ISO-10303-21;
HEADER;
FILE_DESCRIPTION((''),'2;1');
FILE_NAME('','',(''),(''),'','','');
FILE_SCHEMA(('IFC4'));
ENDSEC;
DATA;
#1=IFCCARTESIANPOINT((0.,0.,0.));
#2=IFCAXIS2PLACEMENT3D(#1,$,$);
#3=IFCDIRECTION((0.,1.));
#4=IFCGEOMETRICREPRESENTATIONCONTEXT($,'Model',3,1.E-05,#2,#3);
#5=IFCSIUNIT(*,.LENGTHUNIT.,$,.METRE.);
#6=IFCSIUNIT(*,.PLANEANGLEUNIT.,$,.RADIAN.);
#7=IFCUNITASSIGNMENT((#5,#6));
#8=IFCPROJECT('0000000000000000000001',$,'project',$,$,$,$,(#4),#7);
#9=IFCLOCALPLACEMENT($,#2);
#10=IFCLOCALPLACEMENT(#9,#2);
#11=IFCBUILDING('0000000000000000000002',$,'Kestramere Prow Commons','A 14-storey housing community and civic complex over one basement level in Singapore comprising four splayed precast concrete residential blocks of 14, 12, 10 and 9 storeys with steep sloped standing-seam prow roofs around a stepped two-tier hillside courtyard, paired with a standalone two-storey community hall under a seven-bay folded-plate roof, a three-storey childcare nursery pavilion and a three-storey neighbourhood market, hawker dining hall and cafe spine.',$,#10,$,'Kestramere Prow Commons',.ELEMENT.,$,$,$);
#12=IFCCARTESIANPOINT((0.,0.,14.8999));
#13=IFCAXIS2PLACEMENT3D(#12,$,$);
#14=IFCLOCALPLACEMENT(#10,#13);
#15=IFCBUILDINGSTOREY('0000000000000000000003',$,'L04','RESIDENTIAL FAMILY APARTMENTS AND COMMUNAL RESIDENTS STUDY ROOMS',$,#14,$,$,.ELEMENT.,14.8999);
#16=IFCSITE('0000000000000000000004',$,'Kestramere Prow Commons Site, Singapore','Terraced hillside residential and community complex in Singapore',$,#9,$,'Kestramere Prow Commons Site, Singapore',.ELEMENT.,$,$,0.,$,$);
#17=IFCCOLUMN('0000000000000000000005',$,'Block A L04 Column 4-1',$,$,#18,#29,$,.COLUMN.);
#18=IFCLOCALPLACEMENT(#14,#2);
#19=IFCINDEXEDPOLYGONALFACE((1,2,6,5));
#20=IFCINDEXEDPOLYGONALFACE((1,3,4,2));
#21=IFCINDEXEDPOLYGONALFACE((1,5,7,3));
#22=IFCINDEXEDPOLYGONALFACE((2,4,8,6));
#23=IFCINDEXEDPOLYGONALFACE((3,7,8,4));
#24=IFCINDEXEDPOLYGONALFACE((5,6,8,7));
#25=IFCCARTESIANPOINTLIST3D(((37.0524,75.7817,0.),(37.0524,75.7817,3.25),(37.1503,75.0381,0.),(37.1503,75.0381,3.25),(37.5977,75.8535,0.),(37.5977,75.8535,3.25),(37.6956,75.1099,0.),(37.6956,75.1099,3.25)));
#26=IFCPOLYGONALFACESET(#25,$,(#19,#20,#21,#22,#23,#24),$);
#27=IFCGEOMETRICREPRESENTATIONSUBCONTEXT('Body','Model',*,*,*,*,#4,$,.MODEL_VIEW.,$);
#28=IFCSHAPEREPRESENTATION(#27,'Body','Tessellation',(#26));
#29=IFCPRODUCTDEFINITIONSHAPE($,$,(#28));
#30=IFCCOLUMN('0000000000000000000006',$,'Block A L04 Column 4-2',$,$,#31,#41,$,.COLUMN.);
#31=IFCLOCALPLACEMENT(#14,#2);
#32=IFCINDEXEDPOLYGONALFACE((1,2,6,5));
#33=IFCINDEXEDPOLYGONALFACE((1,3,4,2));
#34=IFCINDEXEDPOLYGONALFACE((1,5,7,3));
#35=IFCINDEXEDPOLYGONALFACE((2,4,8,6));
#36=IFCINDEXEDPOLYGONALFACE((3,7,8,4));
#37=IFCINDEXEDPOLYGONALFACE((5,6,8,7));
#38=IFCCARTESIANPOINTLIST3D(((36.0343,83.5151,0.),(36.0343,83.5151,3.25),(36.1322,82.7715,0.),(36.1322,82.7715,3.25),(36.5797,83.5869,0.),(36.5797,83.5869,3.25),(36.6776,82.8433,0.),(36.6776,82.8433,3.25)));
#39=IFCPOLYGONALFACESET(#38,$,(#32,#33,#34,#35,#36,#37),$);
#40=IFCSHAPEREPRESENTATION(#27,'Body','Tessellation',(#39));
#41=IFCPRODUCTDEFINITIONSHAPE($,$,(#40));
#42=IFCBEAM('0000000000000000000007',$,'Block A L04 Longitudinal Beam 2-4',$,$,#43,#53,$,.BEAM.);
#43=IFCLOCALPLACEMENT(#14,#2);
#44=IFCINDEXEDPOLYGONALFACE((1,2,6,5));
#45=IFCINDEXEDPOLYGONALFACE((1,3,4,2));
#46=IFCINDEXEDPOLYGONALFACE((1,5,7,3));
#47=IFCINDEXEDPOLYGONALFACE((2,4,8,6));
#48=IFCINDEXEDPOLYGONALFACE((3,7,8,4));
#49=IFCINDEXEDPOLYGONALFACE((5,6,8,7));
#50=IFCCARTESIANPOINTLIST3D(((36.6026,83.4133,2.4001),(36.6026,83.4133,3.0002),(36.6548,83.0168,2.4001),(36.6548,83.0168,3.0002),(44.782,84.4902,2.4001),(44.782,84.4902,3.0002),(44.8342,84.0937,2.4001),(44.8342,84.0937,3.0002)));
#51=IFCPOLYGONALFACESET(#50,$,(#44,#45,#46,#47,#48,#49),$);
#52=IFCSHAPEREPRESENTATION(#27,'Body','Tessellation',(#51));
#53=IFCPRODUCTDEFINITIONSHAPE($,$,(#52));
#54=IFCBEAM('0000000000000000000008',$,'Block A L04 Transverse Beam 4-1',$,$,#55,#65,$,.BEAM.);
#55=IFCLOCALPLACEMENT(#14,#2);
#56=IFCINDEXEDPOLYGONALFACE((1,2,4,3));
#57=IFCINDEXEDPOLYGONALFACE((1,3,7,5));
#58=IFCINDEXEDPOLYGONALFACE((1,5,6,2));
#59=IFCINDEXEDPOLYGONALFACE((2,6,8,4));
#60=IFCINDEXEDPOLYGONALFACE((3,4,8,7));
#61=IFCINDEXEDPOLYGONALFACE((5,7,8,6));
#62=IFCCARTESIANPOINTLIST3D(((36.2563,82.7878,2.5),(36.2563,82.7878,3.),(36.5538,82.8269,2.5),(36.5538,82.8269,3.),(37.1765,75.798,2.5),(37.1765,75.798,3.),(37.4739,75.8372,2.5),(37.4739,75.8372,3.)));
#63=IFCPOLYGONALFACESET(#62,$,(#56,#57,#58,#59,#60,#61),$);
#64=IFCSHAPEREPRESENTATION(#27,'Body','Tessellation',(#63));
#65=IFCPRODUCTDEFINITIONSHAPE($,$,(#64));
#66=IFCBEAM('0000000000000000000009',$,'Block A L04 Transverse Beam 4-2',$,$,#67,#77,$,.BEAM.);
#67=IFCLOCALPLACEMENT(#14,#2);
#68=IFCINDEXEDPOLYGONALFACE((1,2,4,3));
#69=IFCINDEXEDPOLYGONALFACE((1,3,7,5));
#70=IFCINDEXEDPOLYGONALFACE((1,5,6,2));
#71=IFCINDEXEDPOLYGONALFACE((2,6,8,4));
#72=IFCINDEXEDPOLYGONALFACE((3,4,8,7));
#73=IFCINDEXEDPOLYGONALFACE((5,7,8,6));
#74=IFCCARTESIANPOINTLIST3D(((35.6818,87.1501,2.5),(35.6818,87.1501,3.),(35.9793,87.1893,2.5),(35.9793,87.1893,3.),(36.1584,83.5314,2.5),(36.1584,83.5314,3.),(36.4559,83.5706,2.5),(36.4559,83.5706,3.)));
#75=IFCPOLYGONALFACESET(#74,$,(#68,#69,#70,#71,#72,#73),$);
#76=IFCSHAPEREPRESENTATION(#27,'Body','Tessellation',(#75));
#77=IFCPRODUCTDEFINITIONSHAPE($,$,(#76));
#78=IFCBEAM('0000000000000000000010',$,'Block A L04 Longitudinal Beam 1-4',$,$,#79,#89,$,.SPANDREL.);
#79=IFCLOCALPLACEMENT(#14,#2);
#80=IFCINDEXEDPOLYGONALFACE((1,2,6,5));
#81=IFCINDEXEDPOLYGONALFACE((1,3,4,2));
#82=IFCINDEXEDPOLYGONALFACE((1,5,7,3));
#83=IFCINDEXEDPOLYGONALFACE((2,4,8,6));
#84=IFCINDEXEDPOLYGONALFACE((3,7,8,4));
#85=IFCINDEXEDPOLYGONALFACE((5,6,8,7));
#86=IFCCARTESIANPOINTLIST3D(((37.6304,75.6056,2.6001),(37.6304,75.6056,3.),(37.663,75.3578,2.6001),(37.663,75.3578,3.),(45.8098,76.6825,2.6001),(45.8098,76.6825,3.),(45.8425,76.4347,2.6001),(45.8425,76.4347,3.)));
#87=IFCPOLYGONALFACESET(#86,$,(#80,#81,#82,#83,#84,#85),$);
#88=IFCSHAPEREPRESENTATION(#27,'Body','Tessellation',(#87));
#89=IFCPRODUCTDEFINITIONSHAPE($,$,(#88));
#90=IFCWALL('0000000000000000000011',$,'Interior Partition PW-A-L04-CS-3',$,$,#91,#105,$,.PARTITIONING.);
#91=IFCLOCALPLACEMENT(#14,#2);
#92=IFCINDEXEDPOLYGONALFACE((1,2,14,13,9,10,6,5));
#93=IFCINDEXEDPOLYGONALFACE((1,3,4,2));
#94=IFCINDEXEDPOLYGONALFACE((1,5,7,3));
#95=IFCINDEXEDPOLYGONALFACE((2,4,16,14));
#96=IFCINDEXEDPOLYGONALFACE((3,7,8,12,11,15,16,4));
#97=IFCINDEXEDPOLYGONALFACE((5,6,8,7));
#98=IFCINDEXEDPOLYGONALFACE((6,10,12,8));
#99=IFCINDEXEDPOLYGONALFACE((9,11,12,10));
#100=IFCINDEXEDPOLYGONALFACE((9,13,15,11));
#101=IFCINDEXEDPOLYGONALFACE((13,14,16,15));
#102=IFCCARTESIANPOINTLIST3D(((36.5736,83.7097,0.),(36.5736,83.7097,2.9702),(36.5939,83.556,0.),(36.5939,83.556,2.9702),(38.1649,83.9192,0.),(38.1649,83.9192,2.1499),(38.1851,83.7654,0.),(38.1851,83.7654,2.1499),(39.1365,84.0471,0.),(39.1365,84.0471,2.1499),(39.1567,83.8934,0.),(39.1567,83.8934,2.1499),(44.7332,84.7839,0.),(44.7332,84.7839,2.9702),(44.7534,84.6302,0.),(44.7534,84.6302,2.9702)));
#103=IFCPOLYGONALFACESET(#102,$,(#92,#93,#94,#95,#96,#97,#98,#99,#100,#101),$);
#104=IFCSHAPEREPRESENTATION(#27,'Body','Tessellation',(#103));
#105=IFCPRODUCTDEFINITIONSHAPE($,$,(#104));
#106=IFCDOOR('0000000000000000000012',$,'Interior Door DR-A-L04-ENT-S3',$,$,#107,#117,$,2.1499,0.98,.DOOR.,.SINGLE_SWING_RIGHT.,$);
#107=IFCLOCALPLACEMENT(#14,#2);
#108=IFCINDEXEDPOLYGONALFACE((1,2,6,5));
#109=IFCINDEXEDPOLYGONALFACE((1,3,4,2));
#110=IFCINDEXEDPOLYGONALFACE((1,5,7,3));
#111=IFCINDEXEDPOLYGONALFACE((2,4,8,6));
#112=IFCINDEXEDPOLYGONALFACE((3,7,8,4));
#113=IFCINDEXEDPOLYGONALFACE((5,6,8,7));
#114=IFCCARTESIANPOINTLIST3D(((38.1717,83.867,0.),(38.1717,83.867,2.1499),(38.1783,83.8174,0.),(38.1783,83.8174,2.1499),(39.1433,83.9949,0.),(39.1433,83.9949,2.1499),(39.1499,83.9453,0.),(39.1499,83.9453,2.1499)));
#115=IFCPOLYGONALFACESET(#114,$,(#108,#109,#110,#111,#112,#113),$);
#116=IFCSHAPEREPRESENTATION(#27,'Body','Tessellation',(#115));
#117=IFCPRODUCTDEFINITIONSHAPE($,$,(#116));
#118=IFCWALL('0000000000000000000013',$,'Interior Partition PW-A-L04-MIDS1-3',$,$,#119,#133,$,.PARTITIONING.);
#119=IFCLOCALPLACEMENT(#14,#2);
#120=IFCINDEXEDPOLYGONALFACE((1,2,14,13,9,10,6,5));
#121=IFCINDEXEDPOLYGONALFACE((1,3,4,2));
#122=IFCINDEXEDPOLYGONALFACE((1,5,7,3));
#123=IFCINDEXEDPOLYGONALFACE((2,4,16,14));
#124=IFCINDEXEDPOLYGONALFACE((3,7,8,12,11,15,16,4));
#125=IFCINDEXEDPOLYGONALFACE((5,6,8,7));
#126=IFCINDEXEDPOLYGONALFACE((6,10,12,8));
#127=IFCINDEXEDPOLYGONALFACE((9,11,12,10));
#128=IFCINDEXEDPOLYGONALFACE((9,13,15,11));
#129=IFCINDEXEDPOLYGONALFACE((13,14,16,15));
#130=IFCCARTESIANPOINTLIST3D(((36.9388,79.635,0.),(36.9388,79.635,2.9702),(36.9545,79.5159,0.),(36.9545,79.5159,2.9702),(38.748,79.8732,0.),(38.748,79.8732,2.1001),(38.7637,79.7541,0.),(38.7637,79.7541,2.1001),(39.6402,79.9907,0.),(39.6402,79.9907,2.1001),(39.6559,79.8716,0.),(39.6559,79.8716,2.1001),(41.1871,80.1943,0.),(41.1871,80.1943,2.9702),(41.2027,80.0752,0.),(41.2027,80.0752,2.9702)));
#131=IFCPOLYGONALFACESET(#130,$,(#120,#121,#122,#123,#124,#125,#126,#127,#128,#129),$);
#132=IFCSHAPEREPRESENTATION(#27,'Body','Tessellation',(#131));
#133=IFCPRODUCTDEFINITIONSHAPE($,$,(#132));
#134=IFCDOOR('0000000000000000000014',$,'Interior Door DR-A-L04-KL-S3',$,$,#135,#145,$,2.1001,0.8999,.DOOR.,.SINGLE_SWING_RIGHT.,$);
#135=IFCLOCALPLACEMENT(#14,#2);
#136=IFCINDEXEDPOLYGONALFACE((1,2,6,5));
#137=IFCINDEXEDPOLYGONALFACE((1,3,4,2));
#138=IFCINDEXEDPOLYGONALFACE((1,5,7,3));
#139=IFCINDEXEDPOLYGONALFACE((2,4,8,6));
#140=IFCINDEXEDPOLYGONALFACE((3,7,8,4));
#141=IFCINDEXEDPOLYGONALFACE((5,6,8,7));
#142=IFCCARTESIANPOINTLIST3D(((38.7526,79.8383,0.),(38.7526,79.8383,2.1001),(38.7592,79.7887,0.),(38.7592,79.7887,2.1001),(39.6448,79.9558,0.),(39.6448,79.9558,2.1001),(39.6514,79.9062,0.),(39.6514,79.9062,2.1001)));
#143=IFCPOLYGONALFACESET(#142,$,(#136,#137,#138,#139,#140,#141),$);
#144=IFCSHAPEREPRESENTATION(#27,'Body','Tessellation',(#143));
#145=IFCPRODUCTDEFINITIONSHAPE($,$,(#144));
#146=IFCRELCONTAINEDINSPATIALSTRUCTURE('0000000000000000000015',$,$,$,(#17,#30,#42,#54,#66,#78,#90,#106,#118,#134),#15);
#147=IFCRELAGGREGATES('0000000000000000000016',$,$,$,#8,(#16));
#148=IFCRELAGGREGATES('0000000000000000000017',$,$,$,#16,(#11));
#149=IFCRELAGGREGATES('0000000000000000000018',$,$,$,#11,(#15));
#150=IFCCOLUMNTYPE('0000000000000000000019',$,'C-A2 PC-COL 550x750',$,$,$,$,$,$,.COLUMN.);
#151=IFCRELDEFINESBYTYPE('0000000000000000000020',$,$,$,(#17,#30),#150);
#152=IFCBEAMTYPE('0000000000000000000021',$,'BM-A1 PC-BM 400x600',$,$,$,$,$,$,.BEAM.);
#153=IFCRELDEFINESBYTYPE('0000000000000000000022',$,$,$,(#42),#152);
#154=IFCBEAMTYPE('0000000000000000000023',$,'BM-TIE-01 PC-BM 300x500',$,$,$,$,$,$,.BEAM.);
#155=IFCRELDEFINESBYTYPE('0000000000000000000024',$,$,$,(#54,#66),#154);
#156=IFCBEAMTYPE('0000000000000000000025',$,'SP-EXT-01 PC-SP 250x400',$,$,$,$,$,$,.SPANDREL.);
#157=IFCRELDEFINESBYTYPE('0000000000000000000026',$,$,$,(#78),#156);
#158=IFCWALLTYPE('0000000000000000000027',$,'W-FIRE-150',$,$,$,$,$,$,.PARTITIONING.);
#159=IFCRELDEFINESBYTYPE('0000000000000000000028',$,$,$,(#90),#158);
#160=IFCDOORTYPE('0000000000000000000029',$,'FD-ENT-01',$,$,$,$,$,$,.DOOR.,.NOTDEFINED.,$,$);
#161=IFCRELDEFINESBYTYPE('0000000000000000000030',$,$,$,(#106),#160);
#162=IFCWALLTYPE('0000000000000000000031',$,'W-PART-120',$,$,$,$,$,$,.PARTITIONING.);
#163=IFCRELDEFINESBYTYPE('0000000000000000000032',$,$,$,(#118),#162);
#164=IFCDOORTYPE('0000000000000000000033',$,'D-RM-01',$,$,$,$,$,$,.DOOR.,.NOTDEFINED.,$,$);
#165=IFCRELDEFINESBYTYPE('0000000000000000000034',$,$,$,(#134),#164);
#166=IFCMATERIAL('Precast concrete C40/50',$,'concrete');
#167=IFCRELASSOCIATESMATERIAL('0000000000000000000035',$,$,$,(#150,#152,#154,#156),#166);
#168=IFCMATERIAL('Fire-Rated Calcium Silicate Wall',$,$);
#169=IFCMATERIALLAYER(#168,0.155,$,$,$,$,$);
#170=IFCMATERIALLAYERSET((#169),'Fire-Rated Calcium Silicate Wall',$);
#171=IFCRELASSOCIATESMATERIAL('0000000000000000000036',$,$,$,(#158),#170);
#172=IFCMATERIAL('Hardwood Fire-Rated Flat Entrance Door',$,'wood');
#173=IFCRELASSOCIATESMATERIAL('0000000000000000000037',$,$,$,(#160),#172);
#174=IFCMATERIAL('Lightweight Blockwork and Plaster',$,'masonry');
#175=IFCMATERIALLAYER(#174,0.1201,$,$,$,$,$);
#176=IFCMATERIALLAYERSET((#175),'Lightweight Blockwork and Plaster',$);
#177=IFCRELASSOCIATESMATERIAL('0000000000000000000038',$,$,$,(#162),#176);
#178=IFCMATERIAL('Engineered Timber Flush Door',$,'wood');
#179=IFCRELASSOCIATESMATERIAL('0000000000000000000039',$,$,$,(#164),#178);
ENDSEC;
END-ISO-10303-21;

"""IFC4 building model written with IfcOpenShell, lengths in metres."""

from ifc_helpers import new_model, si_unit, direction, frame, frame_2d, origin, origin_2d, place, context, subcontext, project, spatial, rectangle, extrude, material, layer, layer_set, material_profile, profile_set, type_object, element, fill, save


model = new_model("IFC4")

# Units and contexts
model_context = context("Model", 3, precision=1e-05, world=origin(), true_north=direction((0.0, 1.0)))
body_context = subcontext(model_context, "Body", "Model", "MODEL_VIEW")
ifc_project = project(units=[si_unit("LENGTHUNIT", "METRE"), si_unit("PLANEANGLEUNIT", "RADIAN")], contexts=[model_context])

# Site, building, storey
site_placement = place(None, origin())
site = spatial("IfcSite", under=ifc_project, at=site_placement, Name="Kestramere Prow Commons Site, Singapore", Description="Terraced hillside residential and community complex in Singapore", LongName="Kestramere Prow Commons Site, Singapore", CompositionType="ELEMENT", RefElevation=0.0)
building_placement = place(site_placement, origin())
building = spatial("IfcBuilding", under=site, at=building_placement, Name="Kestramere Prow Commons", Description="A 14-storey housing community and civic complex over one basement level in Singapore comprising four splayed precast concrete residential blocks of 14, 12, 10 and 9 storeys with steep sloped standing-seam prow roofs around a stepped two-tier hillside courtyard, paired with a standalone two-storey community hall under a seven-bay folded-plate roof, a three-storey childcare nursery pavilion and a three-storey neighbourhood market, hawker dining hall and cafe spine.", LongName="Kestramere Prow Commons", CompositionType="ELEMENT")
storey_placement = place(building_placement, frame((0.0, 0.0, 14.8999)))
storey = spatial("IfcBuildingStorey", under=building, at=storey_placement, Name="L04", Description="RESIDENTIAL FAMILY APARTMENTS AND COMMUNAL RESIDENTS STUDY ROOMS", CompositionType="ELEMENT", Elevation=14.8999)

# Columns
ifc_material_1 = material(Name="Precast concrete C40/50", Category="concrete")
ifc_material_profile_1 = material_profile(ifc_material_1, rectangle(XDim=0.55, YDim=0.75, at=origin_2d()), Name="PC-COL 550x750")
ifc_profile_set_1 = profile_set([ifc_material_profile_1], Name="Precast concrete C40/50")
column_type = type_object("IfcColumnType", Name="C-A2 PC-COL 550x750", PredefinedType="COLUMN", material=ifc_profile_set_1)
for number, where, z_axis, x_axis, name in (
    (1, (37.374, 75.4458, 0.0), (0.0, 0.0, 1.0), (0.991445, 0.130526, 0.0), "Block A L04 Column 4-1"),
    (2, (36.356, 83.1792, 0.0), (0.0, 0.0, 1.0), (0.991445, 0.130526, 0.0), "Block A L04 Column 4-2"),
):
    element("IfcColumn", number, at=place(storey_placement, frame(where, z_axis=z_axis, x_axis=x_axis)), inside=storey, type_object=column_type, Name=name, PredefinedType="COLUMN", context=body_context, shape_type="SweptSolid", body=[
        extrude(rectangle(XDim=0.55, YDim=0.75, at=origin_2d()), origin(), (0.0, 0.0, 1.0), 3.25),
    ])

# Beams
ifc_material_profile_2 = material_profile(ifc_material_1, rectangle(XDim=0.3999, YDim=0.6001, at=origin_2d()), Name="PC-BM 400x600")
ifc_profile_set_2 = profile_set([ifc_material_profile_2], Name="Precast concrete C40/50")
beam_type_1 = type_object("IfcBeamType", Name="BM-A1 PC-BM 400x600", PredefinedType="BEAM", material=ifc_profile_set_2)
beam_1_placement = place(storey_placement, frame((36.6287, 83.2151, 2.7002), z_axis=(0.991444, 0.130533, 0.0), x_axis=(-0.130533, 0.991444, 0.0)))
element("IfcBeam", 3, at=beam_1_placement, inside=storey, type_object=beam_type_1, Name="Block A L04 Longitudinal Beam 2-4", PredefinedType="BEAM", context=body_context, shape_type="SweptSolid", body=[
    extrude(rectangle(XDim=0.3999, YDim=0.6001, at=origin_2d()), origin(), (0.0, 0.0, 1.0), 8.25),
])
ifc_material_profile_3 = material_profile(ifc_material_1, rectangle(XDim=0.3, YDim=0.5, at=origin_2d()), Name="PC-BM 300x500")
ifc_profile_set_3 = profile_set([ifc_material_profile_3], Name="Precast concrete C40/50")
beam_type_2 = type_object("IfcBeamType", Name="BM-TIE-01 PC-BM 300x500", PredefinedType="BEAM", material=ifc_profile_set_3)
beam_2_placement = place(storey_placement, frame((37.3252, 75.8176, 2.75), z_axis=(-0.130519, 0.991446, 0.0), x_axis=(-0.991446, -0.130519, 0.0)))
element("IfcBeam", 4, at=beam_2_placement, inside=storey, type_object=beam_type_2, Name="Block A L04 Transverse Beam 4-1", PredefinedType="BEAM", context=body_context, shape_type="SweptSolid", body=[
    extrude(rectangle(XDim=0.3, YDim=0.5, at=origin_2d()), origin(), (0.0, 0.0, 1.0), 7.05),
])
beam_3_placement = place(storey_placement, frame((36.3071, 83.551, 2.75), z_axis=(-0.130569, 0.991439, 0.0), x_axis=(-0.991439, -0.130569, 0.0)))
element("IfcBeam", 5, at=beam_3_placement, inside=storey, type_object=beam_type_2, Name="Block A L04 Transverse Beam 4-2", PredefinedType="BEAM", context=body_context, shape_type="SweptSolid", body=[
    extrude(rectangle(XDim=0.3, YDim=0.5, at=origin_2d()), origin(), (0.0, 0.0, 1.0), 3.6499),
])
ifc_material_profile_4 = material_profile(ifc_material_1, rectangle(XDim=0.25, YDim=0.3999, at=origin_2d()), Name="PC-SP 250x400")
ifc_profile_set_4 = profile_set([ifc_material_profile_4], Name="Precast concrete C40/50")
beam_type_3 = type_object("IfcBeamType", Name="SP-EXT-01 PC-SP 250x400", PredefinedType="SPANDREL", material=ifc_profile_set_4)
beam_4_placement = place(storey_placement, frame((37.6467, 75.4817, 2.8), z_axis=(0.991444, 0.130533, 0.0), x_axis=(-0.130533, 0.991444, 0.0)))
element("IfcBeam", 6, at=beam_4_placement, inside=storey, type_object=beam_type_3, Name="Block A L04 Longitudinal Beam 1-4", PredefinedType="SPANDREL", context=body_context, shape_type="SweptSolid", body=[
    extrude(rectangle(XDim=0.25, YDim=0.3999, at=origin_2d()), origin(), (0.0, 0.0, 1.0), 8.25),
])

# Walls, openings, doors
ifc_material_2 = material(Name="Fire-Rated Calcium Silicate Wall")
ifc_layer_1 = layer(ifc_material_2, 0.155)
ifc_layer_set_1 = layer_set([ifc_layer_1], Name="Fire-Rated Calcium Silicate Wall")
wall_type_1 = type_object("IfcWallType", Name="W-FIRE-150", PredefinedType="PARTITIONING", material=ifc_layer_set_1)
wall_1_placement = place(storey_placement, frame((36.5837, 83.6328, 0.0), z_axis=(0.0, 0.0, 1.0), x_axis=(0.991445, 0.130524, 0.0)))
wall_1 = element("IfcWall", 7, at=wall_1_placement, inside=storey, type_object=wall_type_1, Name="Interior Partition PW-A-L04-CS-3", PredefinedType="PARTITIONING", context=body_context, shape_type="SweptSolid", body=[
    extrude(rectangle(XDim=8.23, YDim=0.155, at=frame_2d((4.115, 0.0))), origin(), (0.0, 0.0, 1.0), 2.9702),
])
opening_1_placement = place(wall_1_placement, frame((1.605, 0.0, 0.0)))
opening_1 = element("IfcOpeningElement", 8, at=opening_1_placement, cuts=wall_1, PredefinedType="OPENING", context=body_context, shape_type="SweptSolid", body=[
    extrude(rectangle(XDim=0.98, YDim=2.1499, at=frame_2d((0.49, 1.075))), frame((0.0, 0.0925, 0.0), z_axis=(0.0, -1.0, 0.0), x_axis=(1.0, 0.0, 0.0)), (0.0, 0.0, 1.0), 0.1851),
])
ifc_material_3 = material(Name="Hardwood Fire-Rated Flat Entrance Door", Category="wood")
door_type_1 = type_object("IfcDoorType", Name="FD-ENT-01", OperationType="NOTDEFINED", PredefinedType="DOOR", material=ifc_material_3)
door_1_placement = place(opening_1_placement, origin())
door_1 = element("IfcDoor", 9, at=door_1_placement, inside=storey, type_object=door_type_1, Name="Interior Door DR-A-L04-ENT-S3", OperationType="SINGLE_SWING_RIGHT", OverallHeight=2.1499, OverallWidth=0.98, PredefinedType="DOOR", context=body_context, shape_type="SweptSolid", body=[
    extrude(rectangle(XDim=0.98, YDim=2.1499, at=frame_2d((0.49, 1.075))), frame((0.0, 0.0249, 0.0), z_axis=(0.0, -1.0, 0.0), x_axis=(1.0, 0.0, 0.0)), (0.0, 0.0, 1.0), 0.05),
])
fill(opening_1, door_1)
ifc_material_4 = material(Name="Lightweight Blockwork and Plaster", Category="masonry")
ifc_layer_2 = layer(ifc_material_4, 0.1201)
ifc_layer_set_2 = layer_set([ifc_layer_2], Name="Lightweight Blockwork and Plaster")
wall_type_2 = type_object("IfcWallType", Name="W-PART-120", PredefinedType="PARTITIONING", material=ifc_layer_set_2)
wall_2_placement = place(storey_placement, frame((36.9465, 79.5754, 0.0), z_axis=(0.0, 0.0, 1.0), x_axis=(0.991444, 0.130533, 0.0)))
wall_2 = element("IfcWall", 10, at=wall_2_placement, inside=storey, type_object=wall_type_2, Name="Interior Partition PW-A-L04-MIDS1-3", PredefinedType="PARTITIONING", context=body_context, shape_type="SweptSolid", body=[
    extrude(rectangle(XDim=4.2849, YDim=0.1201, at=frame_2d((2.1426, 0.0))), origin(), (0.0, 0.0, 1.0), 2.9702),
])
opening_2_placement = place(wall_2_placement, frame((1.825, 0.0, 0.0)))
opening_2 = element("IfcOpeningElement", 11, at=opening_2_placement, cuts=wall_2, PredefinedType="OPENING", context=body_context, shape_type="SweptSolid", body=[
    extrude(rectangle(XDim=0.8999, YDim=2.1001, at=frame_2d((0.45, 1.05))), frame((0.0, 0.075, 0.0), z_axis=(0.0, -1.0, 0.0), x_axis=(1.0, 0.0, 0.0)), (0.0, 0.0, 1.0), 0.1501),
])
ifc_material_5 = material(Name="Engineered Timber Flush Door", Category="wood")
door_type_2 = type_object("IfcDoorType", Name="D-RM-01", OperationType="NOTDEFINED", PredefinedType="DOOR", material=ifc_material_5)
door_2_placement = place(opening_2_placement, origin())
door_2 = element("IfcDoor", 12, at=door_2_placement, inside=storey, type_object=door_type_2, Name="Interior Door DR-A-L04-KL-S3", OperationType="SINGLE_SWING_RIGHT", OverallHeight=2.1001, OverallWidth=0.8999, PredefinedType="DOOR", context=body_context, shape_type="SweptSolid", body=[
    extrude(rectangle(XDim=0.8999, YDim=2.1001, at=frame_2d((0.45, 1.05))), frame((0.0, 0.0249, 0.0), z_axis=(0.0, -1.0, 0.0), x_axis=(1.0, 0.0, 0.0)), (0.0, 0.0, 1.0), 0.05),
])
fill(opening_2, door_2)

save(model, "model.ifc")
